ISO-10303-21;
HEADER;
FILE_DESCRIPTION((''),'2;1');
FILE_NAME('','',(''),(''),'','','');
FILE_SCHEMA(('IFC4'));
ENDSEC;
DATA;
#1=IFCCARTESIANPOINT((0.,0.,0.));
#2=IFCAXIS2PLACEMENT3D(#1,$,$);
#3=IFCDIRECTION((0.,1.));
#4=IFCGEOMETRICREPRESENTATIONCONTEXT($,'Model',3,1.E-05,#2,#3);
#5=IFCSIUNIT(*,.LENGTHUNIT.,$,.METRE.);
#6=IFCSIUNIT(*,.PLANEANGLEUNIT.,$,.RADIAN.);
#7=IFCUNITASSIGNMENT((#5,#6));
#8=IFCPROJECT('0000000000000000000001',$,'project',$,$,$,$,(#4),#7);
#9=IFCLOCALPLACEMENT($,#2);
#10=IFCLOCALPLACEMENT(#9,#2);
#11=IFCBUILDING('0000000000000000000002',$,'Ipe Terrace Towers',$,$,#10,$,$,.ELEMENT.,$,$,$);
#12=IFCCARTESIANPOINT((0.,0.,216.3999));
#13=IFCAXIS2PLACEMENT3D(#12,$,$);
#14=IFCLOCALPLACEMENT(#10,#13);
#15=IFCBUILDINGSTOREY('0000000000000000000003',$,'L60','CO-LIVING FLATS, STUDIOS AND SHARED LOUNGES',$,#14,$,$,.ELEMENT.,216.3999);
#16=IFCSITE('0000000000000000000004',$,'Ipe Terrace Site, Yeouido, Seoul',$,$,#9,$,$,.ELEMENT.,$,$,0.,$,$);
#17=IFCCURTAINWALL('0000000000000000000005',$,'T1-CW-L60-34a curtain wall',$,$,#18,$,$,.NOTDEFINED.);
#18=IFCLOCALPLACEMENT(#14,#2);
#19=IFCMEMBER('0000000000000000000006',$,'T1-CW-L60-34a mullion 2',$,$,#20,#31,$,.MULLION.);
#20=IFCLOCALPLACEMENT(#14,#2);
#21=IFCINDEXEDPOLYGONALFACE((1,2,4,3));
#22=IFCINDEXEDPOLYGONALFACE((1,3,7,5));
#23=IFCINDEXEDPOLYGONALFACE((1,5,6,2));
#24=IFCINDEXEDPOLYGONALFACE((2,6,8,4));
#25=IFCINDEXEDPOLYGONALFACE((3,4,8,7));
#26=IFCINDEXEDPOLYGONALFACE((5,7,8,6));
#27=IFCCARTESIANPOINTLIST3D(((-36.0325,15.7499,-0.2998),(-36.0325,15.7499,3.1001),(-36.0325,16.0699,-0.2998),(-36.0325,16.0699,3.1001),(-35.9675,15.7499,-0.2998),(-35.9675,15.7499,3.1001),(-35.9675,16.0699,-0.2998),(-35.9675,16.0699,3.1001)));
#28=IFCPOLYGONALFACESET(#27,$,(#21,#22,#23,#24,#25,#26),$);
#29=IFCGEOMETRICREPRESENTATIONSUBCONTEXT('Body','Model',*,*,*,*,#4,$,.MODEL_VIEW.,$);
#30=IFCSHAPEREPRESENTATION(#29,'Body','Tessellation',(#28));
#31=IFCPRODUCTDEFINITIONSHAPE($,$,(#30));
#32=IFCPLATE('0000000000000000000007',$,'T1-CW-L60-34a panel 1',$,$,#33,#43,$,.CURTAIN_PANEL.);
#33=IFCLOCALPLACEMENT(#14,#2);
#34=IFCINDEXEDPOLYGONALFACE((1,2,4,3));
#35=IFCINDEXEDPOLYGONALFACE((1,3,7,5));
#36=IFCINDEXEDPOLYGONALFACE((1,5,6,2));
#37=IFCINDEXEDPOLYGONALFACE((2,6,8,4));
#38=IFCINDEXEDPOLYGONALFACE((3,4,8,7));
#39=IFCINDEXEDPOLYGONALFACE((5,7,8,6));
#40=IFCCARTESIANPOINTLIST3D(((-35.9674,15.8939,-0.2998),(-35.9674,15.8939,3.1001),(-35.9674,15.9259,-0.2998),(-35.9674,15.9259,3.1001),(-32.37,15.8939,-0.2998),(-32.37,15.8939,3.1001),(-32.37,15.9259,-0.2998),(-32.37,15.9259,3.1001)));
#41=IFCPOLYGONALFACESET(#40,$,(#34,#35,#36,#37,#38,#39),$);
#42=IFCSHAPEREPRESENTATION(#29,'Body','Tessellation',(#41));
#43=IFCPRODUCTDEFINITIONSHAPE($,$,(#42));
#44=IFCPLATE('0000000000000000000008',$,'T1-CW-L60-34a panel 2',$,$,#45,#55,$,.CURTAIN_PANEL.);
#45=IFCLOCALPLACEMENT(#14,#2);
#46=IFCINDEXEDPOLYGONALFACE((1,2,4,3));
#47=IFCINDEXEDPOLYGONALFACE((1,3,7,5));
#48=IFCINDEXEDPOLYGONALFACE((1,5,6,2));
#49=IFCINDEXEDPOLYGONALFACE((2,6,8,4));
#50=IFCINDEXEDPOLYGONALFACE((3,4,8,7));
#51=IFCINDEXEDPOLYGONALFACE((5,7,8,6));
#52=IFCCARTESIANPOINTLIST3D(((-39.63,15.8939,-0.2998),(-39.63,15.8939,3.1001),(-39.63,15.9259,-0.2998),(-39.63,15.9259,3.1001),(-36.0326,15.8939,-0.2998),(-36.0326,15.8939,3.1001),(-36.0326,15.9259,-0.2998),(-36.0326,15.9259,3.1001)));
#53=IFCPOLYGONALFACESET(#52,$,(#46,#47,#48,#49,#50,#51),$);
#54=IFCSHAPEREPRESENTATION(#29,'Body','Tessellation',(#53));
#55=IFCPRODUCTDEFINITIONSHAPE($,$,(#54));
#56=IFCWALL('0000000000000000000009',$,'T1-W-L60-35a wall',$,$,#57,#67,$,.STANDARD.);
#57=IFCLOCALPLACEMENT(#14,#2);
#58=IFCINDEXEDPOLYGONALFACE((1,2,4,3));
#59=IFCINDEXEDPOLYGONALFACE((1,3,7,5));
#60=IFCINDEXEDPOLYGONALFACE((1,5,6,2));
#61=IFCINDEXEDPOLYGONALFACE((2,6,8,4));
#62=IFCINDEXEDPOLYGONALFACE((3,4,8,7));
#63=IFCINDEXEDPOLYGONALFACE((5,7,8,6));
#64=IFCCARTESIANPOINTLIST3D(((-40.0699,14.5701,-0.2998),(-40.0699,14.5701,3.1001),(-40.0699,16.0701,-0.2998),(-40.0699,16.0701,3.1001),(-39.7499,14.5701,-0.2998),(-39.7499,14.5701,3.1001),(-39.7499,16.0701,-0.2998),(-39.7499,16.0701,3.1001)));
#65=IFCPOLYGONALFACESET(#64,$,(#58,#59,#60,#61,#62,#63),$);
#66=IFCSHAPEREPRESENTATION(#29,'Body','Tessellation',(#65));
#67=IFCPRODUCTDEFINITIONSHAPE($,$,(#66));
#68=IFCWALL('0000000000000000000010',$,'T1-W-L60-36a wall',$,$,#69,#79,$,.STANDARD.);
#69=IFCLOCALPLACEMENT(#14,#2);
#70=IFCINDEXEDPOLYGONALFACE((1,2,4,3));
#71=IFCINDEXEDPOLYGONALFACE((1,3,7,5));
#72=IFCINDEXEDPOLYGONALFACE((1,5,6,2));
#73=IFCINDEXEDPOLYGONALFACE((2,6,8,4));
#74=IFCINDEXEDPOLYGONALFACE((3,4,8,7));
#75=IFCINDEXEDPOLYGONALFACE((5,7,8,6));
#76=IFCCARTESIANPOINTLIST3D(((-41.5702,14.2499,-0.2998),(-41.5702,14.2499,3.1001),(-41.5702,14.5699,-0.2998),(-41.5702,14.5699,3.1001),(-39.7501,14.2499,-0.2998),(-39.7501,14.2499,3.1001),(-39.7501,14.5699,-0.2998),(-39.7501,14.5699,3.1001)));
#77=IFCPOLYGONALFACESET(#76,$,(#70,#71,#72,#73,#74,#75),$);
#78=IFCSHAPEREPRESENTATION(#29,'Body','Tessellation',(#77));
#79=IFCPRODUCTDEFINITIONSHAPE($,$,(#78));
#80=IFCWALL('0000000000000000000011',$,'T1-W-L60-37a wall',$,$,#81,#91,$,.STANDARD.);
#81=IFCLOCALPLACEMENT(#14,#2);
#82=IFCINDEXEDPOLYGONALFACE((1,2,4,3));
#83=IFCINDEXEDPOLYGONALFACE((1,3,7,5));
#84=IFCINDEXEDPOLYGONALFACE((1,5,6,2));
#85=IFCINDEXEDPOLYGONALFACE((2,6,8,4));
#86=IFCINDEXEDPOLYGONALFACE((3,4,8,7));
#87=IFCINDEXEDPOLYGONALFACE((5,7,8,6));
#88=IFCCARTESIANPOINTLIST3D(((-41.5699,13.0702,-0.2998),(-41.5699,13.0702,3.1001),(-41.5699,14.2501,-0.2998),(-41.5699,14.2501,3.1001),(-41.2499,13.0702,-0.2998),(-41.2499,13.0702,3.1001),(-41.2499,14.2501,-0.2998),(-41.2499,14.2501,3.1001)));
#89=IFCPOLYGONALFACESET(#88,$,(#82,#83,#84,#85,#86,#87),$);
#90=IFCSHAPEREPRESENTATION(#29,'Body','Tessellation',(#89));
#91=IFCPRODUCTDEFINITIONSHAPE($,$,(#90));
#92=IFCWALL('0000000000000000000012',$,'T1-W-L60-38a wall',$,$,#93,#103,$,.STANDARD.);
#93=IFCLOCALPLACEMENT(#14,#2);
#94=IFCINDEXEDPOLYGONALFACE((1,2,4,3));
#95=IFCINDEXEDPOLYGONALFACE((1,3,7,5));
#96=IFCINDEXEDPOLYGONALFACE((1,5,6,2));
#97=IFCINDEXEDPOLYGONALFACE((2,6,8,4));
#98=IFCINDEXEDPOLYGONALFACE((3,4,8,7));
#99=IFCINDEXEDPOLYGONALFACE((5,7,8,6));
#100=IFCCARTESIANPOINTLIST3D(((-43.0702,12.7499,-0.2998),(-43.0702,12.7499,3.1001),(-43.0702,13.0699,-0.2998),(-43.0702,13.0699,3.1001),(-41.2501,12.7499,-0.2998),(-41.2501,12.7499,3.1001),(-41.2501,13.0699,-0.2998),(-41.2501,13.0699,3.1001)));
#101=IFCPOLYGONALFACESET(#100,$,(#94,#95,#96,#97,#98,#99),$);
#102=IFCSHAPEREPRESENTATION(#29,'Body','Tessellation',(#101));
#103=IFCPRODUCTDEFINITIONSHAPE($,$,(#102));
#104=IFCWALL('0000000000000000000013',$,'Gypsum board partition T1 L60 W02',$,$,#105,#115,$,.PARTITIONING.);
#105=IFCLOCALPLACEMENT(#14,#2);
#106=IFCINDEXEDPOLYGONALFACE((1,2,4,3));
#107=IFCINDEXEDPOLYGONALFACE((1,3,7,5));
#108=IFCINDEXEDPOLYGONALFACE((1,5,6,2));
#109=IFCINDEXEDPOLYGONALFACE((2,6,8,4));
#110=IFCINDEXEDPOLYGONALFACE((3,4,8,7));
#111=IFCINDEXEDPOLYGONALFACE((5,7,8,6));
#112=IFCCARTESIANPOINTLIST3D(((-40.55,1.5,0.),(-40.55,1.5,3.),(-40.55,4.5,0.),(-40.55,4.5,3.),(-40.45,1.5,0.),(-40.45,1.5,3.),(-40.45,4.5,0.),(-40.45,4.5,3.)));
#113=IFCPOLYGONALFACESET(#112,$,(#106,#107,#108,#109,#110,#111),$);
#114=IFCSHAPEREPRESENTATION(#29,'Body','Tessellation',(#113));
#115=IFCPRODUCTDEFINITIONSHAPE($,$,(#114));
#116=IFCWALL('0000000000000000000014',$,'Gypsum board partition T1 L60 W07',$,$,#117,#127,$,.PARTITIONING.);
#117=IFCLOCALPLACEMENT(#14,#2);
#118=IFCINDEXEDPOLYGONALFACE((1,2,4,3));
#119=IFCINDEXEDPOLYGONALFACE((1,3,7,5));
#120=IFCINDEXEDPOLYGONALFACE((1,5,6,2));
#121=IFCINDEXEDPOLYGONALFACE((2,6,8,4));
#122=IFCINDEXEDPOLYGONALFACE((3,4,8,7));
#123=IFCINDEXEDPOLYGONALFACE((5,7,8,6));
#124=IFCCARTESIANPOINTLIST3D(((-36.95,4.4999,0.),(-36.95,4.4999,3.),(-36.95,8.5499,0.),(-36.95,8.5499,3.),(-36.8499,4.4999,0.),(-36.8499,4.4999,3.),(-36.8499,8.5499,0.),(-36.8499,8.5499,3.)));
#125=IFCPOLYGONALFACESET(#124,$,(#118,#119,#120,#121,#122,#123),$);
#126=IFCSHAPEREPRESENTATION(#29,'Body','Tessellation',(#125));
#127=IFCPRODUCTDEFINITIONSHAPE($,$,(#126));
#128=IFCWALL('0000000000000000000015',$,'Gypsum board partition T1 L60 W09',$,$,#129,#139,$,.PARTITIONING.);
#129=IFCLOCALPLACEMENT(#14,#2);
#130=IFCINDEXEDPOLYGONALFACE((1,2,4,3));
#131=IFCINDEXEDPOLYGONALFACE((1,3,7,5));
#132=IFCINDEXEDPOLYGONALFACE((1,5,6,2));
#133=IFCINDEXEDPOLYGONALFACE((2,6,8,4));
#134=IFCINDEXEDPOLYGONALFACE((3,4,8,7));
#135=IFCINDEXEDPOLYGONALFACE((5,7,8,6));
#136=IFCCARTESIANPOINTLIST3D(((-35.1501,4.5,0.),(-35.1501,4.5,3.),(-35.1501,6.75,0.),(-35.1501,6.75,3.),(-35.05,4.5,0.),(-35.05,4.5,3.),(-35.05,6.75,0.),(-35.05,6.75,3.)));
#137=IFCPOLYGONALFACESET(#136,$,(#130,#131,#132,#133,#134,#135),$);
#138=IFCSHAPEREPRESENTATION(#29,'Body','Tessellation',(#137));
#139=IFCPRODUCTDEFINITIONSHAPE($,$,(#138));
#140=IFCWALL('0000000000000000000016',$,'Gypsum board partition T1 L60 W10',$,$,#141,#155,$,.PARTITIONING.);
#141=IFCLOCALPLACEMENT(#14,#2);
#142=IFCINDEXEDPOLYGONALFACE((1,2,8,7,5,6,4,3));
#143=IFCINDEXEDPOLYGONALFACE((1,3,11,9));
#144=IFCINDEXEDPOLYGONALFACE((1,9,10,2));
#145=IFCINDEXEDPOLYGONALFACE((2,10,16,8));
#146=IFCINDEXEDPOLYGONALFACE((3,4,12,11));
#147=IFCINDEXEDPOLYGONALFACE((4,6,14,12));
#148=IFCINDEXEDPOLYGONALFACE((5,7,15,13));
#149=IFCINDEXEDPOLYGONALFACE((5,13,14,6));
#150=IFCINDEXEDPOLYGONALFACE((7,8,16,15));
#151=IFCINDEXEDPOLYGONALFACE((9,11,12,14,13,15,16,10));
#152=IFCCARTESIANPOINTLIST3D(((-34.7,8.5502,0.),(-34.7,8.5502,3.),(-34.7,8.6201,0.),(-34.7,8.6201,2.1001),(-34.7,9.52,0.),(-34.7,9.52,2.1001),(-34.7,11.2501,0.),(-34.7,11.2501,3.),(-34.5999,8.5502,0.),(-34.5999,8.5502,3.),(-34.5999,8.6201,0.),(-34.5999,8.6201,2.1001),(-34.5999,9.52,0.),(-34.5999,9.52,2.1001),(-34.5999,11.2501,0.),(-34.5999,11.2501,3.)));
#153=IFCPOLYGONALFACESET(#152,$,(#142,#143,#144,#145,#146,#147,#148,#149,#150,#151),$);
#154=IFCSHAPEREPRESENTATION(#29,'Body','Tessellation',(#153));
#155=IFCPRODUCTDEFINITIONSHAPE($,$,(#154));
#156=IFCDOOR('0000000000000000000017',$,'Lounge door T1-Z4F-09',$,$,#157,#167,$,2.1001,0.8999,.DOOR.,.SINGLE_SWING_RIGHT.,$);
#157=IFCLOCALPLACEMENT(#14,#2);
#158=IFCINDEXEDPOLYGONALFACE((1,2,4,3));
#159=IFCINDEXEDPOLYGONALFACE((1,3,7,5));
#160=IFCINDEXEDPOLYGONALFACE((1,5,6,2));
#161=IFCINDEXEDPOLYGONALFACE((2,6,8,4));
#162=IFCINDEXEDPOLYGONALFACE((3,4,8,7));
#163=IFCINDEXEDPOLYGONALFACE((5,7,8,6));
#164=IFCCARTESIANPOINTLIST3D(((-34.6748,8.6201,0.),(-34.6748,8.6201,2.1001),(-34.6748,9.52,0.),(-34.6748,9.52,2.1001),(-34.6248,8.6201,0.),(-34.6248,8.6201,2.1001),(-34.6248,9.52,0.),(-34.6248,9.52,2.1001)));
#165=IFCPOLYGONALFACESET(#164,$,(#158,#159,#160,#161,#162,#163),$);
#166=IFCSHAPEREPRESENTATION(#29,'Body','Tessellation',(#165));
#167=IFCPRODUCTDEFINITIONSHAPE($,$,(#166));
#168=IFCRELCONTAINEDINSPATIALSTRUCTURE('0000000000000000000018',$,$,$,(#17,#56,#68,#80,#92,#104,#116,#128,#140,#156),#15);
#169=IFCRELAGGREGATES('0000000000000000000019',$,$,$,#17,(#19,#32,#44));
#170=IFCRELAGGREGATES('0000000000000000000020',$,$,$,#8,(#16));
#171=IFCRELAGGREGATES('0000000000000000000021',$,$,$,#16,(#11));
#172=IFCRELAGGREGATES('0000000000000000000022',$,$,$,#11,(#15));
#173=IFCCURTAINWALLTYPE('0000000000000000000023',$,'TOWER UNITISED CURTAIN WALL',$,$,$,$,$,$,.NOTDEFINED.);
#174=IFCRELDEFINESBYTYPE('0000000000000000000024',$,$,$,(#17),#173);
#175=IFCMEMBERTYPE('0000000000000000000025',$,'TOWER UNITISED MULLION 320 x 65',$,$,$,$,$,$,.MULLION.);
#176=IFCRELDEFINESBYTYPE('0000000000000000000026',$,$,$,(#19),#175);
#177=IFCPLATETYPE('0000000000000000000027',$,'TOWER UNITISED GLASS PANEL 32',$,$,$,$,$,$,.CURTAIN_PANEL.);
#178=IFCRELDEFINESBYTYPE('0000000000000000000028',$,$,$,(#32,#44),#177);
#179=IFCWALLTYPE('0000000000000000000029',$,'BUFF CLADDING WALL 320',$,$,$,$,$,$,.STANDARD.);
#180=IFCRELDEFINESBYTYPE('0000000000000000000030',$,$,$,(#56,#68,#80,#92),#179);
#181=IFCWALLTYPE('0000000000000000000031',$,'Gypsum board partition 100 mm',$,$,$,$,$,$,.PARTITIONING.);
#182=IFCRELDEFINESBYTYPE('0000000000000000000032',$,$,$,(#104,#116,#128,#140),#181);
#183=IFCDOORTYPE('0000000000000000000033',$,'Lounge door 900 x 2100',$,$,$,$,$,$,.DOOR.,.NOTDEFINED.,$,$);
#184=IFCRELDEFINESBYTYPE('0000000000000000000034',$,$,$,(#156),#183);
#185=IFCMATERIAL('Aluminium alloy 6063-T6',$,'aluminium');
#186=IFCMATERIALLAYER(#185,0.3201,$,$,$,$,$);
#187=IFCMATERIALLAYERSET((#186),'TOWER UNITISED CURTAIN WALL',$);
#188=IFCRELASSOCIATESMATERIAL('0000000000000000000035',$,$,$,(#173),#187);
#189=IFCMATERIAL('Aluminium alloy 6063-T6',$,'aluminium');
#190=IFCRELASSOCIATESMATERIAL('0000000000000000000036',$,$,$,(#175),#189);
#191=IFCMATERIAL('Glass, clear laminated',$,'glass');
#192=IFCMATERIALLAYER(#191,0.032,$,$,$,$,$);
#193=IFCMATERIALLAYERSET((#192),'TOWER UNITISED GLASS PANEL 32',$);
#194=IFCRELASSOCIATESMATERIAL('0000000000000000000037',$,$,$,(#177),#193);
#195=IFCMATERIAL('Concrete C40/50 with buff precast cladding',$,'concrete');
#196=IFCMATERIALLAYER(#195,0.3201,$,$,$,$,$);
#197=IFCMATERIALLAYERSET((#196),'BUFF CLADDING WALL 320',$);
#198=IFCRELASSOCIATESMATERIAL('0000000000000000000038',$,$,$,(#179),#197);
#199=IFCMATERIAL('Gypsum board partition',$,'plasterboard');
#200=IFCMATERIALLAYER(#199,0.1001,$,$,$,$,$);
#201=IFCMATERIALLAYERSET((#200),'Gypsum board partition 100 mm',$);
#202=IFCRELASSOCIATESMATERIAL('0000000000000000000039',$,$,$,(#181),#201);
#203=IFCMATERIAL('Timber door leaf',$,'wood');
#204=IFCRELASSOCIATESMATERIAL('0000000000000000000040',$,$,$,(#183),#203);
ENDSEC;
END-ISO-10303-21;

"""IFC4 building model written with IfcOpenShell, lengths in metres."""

from ifc_helpers import new_model, si_unit, direction, frame, frame_2d, origin, origin_2d, place, context, subcontext, project, spatial, rectangle, extrude, material, layer, layer_set, material_profile, profile_set, type_object, element, fill, aggregate, save


model = new_model("IFC4")

# Units and contexts
model_context = context("Model", 3, precision=1e-05, world=origin(), true_north=direction((0.0, 1.0)))
body_context = subcontext(model_context, "Body", "Model", "MODEL_VIEW")
ifc_project = project(units=[si_unit("LENGTHUNIT", "METRE"), si_unit("PLANEANGLEUNIT", "RADIAN")], contexts=[model_context])

# Site, building, storey
site_placement = place(None, origin())
site = spatial("IfcSite", under=ifc_project, at=site_placement, Name="Ipe Terrace Site, Yeouido, Seoul", CompositionType="ELEMENT", RefElevation=0.0)
building_placement = place(site_placement, origin())
building = spatial("IfcBuilding", under=site, at=building_placement, Name="Ipe Terrace Towers", CompositionType="ELEMENT")
storey_placement = place(building_placement, frame((0.0, 0.0, 216.3999)))
storey = spatial("IfcBuildingStorey", under=building, at=storey_placement, Name="L60", Description="CO-LIVING FLATS, STUDIOS AND SHARED LOUNGES", CompositionType="ELEMENT", Elevation=216.3999)

# Curtain wall, member, plates
ifc_material_1 = material(Name="Aluminium alloy 6063-T6", Category="aluminium")
ifc_layer_1 = layer(ifc_material_1, 0.3201)
ifc_layer_set_1 = layer_set([ifc_layer_1], Name="TOWER UNITISED CURTAIN WALL")
curtain_wall_type = type_object("IfcCurtainWallType", Name="TOWER UNITISED CURTAIN WALL", PredefinedType="NOTDEFINED", material=ifc_layer_set_1)
curtain_wall_placement = place(storey_placement, origin())
curtain_wall = element("IfcCurtainWall", 1, at=curtain_wall_placement, inside=storey, type_object=curtain_wall_type, Name="T1-CW-L60-34a curtain wall", PredefinedType="NOTDEFINED")
ifc_material_2 = material(Name="Aluminium alloy 6063-T6", Category="aluminium")
ifc_material_profile_1 = material_profile(ifc_material_2, rectangle(XDim=0.3201, YDim=0.0649, at=origin_2d()), Name="TOWER UNITISED MULLION 320 x 65")
ifc_profile_set_1 = profile_set([ifc_material_profile_1], Name="Aluminium alloy 6063-T6")
member_type_1 = type_object("IfcMemberType", Name="TOWER UNITISED MULLION 320 x 65", PredefinedType="MULLION", material=ifc_profile_set_1)
member_1_placement = place(storey_placement, frame((-36.0, 15.9099, -0.2998), z_axis=(0.0, 0.0, 1.0), x_axis=(0.0, 1.0, 0.0)))
member_1 = element("IfcMember", 2, at=member_1_placement, type_object=member_type_1, Name="T1-CW-L60-34a mullion 2", PredefinedType="MULLION", context=body_context, shape_type="SweptSolid", body=[
    extrude(rectangle(XDim=0.3201, YDim=0.0649, at=origin_2d()), origin(), (0.0, 0.0, 1.0), 3.3999),
])
ifc_material_3 = material(Name="Glass, clear laminated", Category="glass")
ifc_layer_2 = layer(ifc_material_3, 0.032)
ifc_layer_set_2 = layer_set([ifc_layer_2], Name="TOWER UNITISED GLASS PANEL 32")
plate_type = type_object("IfcPlateType", Name="TOWER UNITISED GLASS PANEL 32", PredefinedType="CURTAIN_PANEL", material=ifc_layer_set_2)
plate_1_placement = place(storey_placement, frame((-34.1687, 15.9099, -0.2998), z_axis=(0.0, 0.0, 1.0), x_axis=(-1.0, 0.0, 0.0)))
plate_1 = element("IfcPlate", 3, at=plate_1_placement, type_object=plate_type, Name="T1-CW-L60-34a panel 1", PredefinedType="CURTAIN_PANEL", context=body_context, shape_type="SweptSolid", body=[
    extrude(rectangle(XDim=3.5974, YDim=0.032, at=origin_2d()), origin(), (0.0, 0.0, 1.0), 3.3999),
])
plate_2_placement = place(storey_placement, frame((-37.8313, 15.9099, -0.2998), z_axis=(0.0, 0.0, 1.0), x_axis=(-1.0, 0.0, 0.0)))
plate_2 = element("IfcPlate", 4, at=plate_2_placement, type_object=plate_type, Name="T1-CW-L60-34a panel 2", PredefinedType="CURTAIN_PANEL", context=body_context, shape_type="SweptSolid", body=[
    extrude(rectangle(XDim=3.5974, YDim=0.032, at=origin_2d()), origin(), (0.0, 0.0, 1.0), 3.3999),
])
aggregate(curtain_wall, [member_1, plate_1, plate_2])

# Walls
ifc_material_4 = material(Name="Concrete C40/50 with buff precast cladding", Category="concrete")
ifc_layer_3 = layer(ifc_material_4, 0.3201)
ifc_layer_set_3 = layer_set([ifc_layer_3], Name="BUFF CLADDING WALL 320")
wall_type_1 = type_object("IfcWallType", Name="BUFF CLADDING WALL 320", PredefinedType="STANDARD", material=ifc_layer_set_3)
wall_1_placement = place(storey_placement, frame((-39.9099, 16.0701, -0.2998), z_axis=(0.0, 0.0, 1.0), x_axis=(0.0, -1.0, 0.0)))
element("IfcWall", 5, at=wall_1_placement, inside=storey, type_object=wall_type_1, Name="T1-W-L60-35a wall", PredefinedType="STANDARD", context=body_context, shape_type="SweptSolid", body=[
    extrude(rectangle(XDim=1.5, YDim=0.3201, at=frame_2d((0.75, 0.0))), origin(), (0.0, 0.0, 1.0), 3.3999),
])
wall_2_placement = place(storey_placement, frame((-39.75, 14.4099, -0.2998), z_axis=(0.0, 0.0, 1.0), x_axis=(-1.0, 0.0, 0.0)))
element("IfcWall", 6, at=wall_2_placement, inside=storey, type_object=wall_type_1, Name="T1-W-L60-36a wall", PredefinedType="STANDARD", context=body_context, shape_type="SweptSolid", body=[
    extrude(rectangle(XDim=1.8201, YDim=0.3201, at=frame_2d((0.9102, 0.0))), origin(), (0.0, 0.0, 1.0), 3.3999),
])
wall_3_placement = place(storey_placement, frame((-41.4099, 14.25, -0.2998), z_axis=(0.0, 0.0, 1.0), x_axis=(0.0, -1.0, 0.0)))
element("IfcWall", 7, at=wall_3_placement, inside=storey, type_object=wall_type_1, Name="T1-W-L60-37a wall", PredefinedType="STANDARD", context=body_context, shape_type="SweptSolid", body=[
    extrude(rectangle(XDim=1.1799, YDim=0.3201, at=frame_2d((0.5898, 0.0))), origin(), (0.0, 0.0, 1.0), 3.3999),
])
wall_4_placement = place(storey_placement, frame((-41.25, 12.9099, -0.2998), z_axis=(0.0, 0.0, 1.0), x_axis=(-1.0, 0.0, 0.0)))
element("IfcWall", 8, at=wall_4_placement, inside=storey, type_object=wall_type_1, Name="T1-W-L60-38a wall", PredefinedType="STANDARD", context=body_context, shape_type="SweptSolid", body=[
    extrude(rectangle(XDim=1.8201, YDim=0.3201, at=frame_2d((0.9102, 0.0))), origin(), (0.0, 0.0, 1.0), 3.3999),
])
ifc_material_5 = material(Name="Gypsum board partition", Category="plasterboard")
ifc_layer_4 = layer(ifc_material_5, 0.1001)
ifc_layer_set_4 = layer_set([ifc_layer_4], Name="Gypsum board partition 100 mm")
wall_type_2 = type_object("IfcWallType", Name="Gypsum board partition 100 mm", PredefinedType="PARTITIONING", material=ifc_layer_set_4)
wall_5_placement = place(storey_placement, frame((-40.5, 1.5, 0.0), z_axis=(0.0, 0.0, 1.0), x_axis=(0.0, 1.0, 0.0)))
element("IfcWall", 9, at=wall_5_placement, inside=storey, type_object=wall_type_2, Name="Gypsum board partition T1 L60 W02", PredefinedType="PARTITIONING", context=body_context, shape_type="SweptSolid", body=[
    extrude(rectangle(XDim=3.0, YDim=0.1001, at=frame_2d((1.5, 0.0))), origin(), (0.0, 0.0, 1.0), 3.0),
])
wall_6_placement = place(storey_placement, frame((-36.8999, 4.5, 0.0), z_axis=(0.0, 0.0, 1.0), x_axis=(0.0, 1.0, 0.0)))
element("IfcWall", 10, at=wall_6_placement, inside=storey, type_object=wall_type_2, Name="Gypsum board partition T1 L60 W07", PredefinedType="PARTITIONING", context=body_context, shape_type="SweptSolid", body=[
    extrude(rectangle(XDim=4.05, YDim=0.1001, at=frame_2d((2.0249, 0.0))), origin(), (0.0, 0.0, 1.0), 3.0),
])
wall_7_placement = place(storey_placement, frame((-35.1001, 4.5, 0.0), z_axis=(0.0, 0.0, 1.0), x_axis=(0.0, 1.0, 0.0)))
element("IfcWall", 11, at=wall_7_placement, inside=storey, type_object=wall_type_2, Name="Gypsum board partition T1 L60 W09", PredefinedType="PARTITIONING", context=body_context, shape_type="SweptSolid", body=[
    extrude(rectangle(XDim=2.25, YDim=0.1001, at=frame_2d((1.125, 0.0))), origin(), (0.0, 0.0, 1.0), 3.0),
])

# Wall, opening, door
wall_8_placement = place(storey_placement, frame((-34.6499, 8.55, 0.0), z_axis=(0.0, 0.0, 1.0), x_axis=(0.0, 1.0, 0.0)))
wall_8 = element("IfcWall", 12, at=wall_8_placement, inside=storey, type_object=wall_type_2, Name="Gypsum board partition T1 L60 W10", PredefinedType="PARTITIONING", context=body_context, shape_type="SweptSolid", body=[
    extrude(rectangle(XDim=2.7, YDim=0.1001, at=frame_2d((1.3501, 0.0))), origin(), (0.0, 0.0, 1.0), 3.0),
])
opening_1_placement = place(wall_8_placement, frame((0.0701, 0.0, 0.0)))
opening_1 = element("IfcOpeningElement", 13, at=opening_1_placement, cuts=wall_8, PredefinedType="OPENING", context=body_context, shape_type="SweptSolid", body=[
    extrude(rectangle(XDim=0.8999, YDim=2.1001, at=frame_2d((0.45, 1.05))), frame((0.0, 0.0601, 0.0), z_axis=(0.0, -1.0, 0.0), x_axis=(1.0, 0.0, 0.0)), (0.0, 0.0, 1.0), 0.1201),
])
ifc_material_6 = material(Name="Timber door leaf", Category="wood")
door_type = type_object("IfcDoorType", Name="Lounge door 900 x 2100", OperationType="NOTDEFINED", PredefinedType="DOOR", material=ifc_material_6)
door_1_placement = place(opening_1_placement, origin())
door_1 = element("IfcDoor", 14, at=door_1_placement, inside=storey, type_object=door_type, Name="Lounge door T1-Z4F-09", OperationType="SINGLE_SWING_RIGHT", OverallHeight=2.1001, OverallWidth=0.8999, PredefinedType="DOOR", context=body_context, shape_type="SweptSolid", body=[
    extrude(rectangle(XDim=0.8999, YDim=2.1001, at=frame_2d((0.45, 1.05))), frame((0.0, 0.0249, 0.0), z_axis=(0.0, -1.0, 0.0), x_axis=(1.0, 0.0, 0.0)), (0.0, 0.0, 1.0), 0.05),
])
fill(opening_1, door_1)

save(model, "model.ifc")
